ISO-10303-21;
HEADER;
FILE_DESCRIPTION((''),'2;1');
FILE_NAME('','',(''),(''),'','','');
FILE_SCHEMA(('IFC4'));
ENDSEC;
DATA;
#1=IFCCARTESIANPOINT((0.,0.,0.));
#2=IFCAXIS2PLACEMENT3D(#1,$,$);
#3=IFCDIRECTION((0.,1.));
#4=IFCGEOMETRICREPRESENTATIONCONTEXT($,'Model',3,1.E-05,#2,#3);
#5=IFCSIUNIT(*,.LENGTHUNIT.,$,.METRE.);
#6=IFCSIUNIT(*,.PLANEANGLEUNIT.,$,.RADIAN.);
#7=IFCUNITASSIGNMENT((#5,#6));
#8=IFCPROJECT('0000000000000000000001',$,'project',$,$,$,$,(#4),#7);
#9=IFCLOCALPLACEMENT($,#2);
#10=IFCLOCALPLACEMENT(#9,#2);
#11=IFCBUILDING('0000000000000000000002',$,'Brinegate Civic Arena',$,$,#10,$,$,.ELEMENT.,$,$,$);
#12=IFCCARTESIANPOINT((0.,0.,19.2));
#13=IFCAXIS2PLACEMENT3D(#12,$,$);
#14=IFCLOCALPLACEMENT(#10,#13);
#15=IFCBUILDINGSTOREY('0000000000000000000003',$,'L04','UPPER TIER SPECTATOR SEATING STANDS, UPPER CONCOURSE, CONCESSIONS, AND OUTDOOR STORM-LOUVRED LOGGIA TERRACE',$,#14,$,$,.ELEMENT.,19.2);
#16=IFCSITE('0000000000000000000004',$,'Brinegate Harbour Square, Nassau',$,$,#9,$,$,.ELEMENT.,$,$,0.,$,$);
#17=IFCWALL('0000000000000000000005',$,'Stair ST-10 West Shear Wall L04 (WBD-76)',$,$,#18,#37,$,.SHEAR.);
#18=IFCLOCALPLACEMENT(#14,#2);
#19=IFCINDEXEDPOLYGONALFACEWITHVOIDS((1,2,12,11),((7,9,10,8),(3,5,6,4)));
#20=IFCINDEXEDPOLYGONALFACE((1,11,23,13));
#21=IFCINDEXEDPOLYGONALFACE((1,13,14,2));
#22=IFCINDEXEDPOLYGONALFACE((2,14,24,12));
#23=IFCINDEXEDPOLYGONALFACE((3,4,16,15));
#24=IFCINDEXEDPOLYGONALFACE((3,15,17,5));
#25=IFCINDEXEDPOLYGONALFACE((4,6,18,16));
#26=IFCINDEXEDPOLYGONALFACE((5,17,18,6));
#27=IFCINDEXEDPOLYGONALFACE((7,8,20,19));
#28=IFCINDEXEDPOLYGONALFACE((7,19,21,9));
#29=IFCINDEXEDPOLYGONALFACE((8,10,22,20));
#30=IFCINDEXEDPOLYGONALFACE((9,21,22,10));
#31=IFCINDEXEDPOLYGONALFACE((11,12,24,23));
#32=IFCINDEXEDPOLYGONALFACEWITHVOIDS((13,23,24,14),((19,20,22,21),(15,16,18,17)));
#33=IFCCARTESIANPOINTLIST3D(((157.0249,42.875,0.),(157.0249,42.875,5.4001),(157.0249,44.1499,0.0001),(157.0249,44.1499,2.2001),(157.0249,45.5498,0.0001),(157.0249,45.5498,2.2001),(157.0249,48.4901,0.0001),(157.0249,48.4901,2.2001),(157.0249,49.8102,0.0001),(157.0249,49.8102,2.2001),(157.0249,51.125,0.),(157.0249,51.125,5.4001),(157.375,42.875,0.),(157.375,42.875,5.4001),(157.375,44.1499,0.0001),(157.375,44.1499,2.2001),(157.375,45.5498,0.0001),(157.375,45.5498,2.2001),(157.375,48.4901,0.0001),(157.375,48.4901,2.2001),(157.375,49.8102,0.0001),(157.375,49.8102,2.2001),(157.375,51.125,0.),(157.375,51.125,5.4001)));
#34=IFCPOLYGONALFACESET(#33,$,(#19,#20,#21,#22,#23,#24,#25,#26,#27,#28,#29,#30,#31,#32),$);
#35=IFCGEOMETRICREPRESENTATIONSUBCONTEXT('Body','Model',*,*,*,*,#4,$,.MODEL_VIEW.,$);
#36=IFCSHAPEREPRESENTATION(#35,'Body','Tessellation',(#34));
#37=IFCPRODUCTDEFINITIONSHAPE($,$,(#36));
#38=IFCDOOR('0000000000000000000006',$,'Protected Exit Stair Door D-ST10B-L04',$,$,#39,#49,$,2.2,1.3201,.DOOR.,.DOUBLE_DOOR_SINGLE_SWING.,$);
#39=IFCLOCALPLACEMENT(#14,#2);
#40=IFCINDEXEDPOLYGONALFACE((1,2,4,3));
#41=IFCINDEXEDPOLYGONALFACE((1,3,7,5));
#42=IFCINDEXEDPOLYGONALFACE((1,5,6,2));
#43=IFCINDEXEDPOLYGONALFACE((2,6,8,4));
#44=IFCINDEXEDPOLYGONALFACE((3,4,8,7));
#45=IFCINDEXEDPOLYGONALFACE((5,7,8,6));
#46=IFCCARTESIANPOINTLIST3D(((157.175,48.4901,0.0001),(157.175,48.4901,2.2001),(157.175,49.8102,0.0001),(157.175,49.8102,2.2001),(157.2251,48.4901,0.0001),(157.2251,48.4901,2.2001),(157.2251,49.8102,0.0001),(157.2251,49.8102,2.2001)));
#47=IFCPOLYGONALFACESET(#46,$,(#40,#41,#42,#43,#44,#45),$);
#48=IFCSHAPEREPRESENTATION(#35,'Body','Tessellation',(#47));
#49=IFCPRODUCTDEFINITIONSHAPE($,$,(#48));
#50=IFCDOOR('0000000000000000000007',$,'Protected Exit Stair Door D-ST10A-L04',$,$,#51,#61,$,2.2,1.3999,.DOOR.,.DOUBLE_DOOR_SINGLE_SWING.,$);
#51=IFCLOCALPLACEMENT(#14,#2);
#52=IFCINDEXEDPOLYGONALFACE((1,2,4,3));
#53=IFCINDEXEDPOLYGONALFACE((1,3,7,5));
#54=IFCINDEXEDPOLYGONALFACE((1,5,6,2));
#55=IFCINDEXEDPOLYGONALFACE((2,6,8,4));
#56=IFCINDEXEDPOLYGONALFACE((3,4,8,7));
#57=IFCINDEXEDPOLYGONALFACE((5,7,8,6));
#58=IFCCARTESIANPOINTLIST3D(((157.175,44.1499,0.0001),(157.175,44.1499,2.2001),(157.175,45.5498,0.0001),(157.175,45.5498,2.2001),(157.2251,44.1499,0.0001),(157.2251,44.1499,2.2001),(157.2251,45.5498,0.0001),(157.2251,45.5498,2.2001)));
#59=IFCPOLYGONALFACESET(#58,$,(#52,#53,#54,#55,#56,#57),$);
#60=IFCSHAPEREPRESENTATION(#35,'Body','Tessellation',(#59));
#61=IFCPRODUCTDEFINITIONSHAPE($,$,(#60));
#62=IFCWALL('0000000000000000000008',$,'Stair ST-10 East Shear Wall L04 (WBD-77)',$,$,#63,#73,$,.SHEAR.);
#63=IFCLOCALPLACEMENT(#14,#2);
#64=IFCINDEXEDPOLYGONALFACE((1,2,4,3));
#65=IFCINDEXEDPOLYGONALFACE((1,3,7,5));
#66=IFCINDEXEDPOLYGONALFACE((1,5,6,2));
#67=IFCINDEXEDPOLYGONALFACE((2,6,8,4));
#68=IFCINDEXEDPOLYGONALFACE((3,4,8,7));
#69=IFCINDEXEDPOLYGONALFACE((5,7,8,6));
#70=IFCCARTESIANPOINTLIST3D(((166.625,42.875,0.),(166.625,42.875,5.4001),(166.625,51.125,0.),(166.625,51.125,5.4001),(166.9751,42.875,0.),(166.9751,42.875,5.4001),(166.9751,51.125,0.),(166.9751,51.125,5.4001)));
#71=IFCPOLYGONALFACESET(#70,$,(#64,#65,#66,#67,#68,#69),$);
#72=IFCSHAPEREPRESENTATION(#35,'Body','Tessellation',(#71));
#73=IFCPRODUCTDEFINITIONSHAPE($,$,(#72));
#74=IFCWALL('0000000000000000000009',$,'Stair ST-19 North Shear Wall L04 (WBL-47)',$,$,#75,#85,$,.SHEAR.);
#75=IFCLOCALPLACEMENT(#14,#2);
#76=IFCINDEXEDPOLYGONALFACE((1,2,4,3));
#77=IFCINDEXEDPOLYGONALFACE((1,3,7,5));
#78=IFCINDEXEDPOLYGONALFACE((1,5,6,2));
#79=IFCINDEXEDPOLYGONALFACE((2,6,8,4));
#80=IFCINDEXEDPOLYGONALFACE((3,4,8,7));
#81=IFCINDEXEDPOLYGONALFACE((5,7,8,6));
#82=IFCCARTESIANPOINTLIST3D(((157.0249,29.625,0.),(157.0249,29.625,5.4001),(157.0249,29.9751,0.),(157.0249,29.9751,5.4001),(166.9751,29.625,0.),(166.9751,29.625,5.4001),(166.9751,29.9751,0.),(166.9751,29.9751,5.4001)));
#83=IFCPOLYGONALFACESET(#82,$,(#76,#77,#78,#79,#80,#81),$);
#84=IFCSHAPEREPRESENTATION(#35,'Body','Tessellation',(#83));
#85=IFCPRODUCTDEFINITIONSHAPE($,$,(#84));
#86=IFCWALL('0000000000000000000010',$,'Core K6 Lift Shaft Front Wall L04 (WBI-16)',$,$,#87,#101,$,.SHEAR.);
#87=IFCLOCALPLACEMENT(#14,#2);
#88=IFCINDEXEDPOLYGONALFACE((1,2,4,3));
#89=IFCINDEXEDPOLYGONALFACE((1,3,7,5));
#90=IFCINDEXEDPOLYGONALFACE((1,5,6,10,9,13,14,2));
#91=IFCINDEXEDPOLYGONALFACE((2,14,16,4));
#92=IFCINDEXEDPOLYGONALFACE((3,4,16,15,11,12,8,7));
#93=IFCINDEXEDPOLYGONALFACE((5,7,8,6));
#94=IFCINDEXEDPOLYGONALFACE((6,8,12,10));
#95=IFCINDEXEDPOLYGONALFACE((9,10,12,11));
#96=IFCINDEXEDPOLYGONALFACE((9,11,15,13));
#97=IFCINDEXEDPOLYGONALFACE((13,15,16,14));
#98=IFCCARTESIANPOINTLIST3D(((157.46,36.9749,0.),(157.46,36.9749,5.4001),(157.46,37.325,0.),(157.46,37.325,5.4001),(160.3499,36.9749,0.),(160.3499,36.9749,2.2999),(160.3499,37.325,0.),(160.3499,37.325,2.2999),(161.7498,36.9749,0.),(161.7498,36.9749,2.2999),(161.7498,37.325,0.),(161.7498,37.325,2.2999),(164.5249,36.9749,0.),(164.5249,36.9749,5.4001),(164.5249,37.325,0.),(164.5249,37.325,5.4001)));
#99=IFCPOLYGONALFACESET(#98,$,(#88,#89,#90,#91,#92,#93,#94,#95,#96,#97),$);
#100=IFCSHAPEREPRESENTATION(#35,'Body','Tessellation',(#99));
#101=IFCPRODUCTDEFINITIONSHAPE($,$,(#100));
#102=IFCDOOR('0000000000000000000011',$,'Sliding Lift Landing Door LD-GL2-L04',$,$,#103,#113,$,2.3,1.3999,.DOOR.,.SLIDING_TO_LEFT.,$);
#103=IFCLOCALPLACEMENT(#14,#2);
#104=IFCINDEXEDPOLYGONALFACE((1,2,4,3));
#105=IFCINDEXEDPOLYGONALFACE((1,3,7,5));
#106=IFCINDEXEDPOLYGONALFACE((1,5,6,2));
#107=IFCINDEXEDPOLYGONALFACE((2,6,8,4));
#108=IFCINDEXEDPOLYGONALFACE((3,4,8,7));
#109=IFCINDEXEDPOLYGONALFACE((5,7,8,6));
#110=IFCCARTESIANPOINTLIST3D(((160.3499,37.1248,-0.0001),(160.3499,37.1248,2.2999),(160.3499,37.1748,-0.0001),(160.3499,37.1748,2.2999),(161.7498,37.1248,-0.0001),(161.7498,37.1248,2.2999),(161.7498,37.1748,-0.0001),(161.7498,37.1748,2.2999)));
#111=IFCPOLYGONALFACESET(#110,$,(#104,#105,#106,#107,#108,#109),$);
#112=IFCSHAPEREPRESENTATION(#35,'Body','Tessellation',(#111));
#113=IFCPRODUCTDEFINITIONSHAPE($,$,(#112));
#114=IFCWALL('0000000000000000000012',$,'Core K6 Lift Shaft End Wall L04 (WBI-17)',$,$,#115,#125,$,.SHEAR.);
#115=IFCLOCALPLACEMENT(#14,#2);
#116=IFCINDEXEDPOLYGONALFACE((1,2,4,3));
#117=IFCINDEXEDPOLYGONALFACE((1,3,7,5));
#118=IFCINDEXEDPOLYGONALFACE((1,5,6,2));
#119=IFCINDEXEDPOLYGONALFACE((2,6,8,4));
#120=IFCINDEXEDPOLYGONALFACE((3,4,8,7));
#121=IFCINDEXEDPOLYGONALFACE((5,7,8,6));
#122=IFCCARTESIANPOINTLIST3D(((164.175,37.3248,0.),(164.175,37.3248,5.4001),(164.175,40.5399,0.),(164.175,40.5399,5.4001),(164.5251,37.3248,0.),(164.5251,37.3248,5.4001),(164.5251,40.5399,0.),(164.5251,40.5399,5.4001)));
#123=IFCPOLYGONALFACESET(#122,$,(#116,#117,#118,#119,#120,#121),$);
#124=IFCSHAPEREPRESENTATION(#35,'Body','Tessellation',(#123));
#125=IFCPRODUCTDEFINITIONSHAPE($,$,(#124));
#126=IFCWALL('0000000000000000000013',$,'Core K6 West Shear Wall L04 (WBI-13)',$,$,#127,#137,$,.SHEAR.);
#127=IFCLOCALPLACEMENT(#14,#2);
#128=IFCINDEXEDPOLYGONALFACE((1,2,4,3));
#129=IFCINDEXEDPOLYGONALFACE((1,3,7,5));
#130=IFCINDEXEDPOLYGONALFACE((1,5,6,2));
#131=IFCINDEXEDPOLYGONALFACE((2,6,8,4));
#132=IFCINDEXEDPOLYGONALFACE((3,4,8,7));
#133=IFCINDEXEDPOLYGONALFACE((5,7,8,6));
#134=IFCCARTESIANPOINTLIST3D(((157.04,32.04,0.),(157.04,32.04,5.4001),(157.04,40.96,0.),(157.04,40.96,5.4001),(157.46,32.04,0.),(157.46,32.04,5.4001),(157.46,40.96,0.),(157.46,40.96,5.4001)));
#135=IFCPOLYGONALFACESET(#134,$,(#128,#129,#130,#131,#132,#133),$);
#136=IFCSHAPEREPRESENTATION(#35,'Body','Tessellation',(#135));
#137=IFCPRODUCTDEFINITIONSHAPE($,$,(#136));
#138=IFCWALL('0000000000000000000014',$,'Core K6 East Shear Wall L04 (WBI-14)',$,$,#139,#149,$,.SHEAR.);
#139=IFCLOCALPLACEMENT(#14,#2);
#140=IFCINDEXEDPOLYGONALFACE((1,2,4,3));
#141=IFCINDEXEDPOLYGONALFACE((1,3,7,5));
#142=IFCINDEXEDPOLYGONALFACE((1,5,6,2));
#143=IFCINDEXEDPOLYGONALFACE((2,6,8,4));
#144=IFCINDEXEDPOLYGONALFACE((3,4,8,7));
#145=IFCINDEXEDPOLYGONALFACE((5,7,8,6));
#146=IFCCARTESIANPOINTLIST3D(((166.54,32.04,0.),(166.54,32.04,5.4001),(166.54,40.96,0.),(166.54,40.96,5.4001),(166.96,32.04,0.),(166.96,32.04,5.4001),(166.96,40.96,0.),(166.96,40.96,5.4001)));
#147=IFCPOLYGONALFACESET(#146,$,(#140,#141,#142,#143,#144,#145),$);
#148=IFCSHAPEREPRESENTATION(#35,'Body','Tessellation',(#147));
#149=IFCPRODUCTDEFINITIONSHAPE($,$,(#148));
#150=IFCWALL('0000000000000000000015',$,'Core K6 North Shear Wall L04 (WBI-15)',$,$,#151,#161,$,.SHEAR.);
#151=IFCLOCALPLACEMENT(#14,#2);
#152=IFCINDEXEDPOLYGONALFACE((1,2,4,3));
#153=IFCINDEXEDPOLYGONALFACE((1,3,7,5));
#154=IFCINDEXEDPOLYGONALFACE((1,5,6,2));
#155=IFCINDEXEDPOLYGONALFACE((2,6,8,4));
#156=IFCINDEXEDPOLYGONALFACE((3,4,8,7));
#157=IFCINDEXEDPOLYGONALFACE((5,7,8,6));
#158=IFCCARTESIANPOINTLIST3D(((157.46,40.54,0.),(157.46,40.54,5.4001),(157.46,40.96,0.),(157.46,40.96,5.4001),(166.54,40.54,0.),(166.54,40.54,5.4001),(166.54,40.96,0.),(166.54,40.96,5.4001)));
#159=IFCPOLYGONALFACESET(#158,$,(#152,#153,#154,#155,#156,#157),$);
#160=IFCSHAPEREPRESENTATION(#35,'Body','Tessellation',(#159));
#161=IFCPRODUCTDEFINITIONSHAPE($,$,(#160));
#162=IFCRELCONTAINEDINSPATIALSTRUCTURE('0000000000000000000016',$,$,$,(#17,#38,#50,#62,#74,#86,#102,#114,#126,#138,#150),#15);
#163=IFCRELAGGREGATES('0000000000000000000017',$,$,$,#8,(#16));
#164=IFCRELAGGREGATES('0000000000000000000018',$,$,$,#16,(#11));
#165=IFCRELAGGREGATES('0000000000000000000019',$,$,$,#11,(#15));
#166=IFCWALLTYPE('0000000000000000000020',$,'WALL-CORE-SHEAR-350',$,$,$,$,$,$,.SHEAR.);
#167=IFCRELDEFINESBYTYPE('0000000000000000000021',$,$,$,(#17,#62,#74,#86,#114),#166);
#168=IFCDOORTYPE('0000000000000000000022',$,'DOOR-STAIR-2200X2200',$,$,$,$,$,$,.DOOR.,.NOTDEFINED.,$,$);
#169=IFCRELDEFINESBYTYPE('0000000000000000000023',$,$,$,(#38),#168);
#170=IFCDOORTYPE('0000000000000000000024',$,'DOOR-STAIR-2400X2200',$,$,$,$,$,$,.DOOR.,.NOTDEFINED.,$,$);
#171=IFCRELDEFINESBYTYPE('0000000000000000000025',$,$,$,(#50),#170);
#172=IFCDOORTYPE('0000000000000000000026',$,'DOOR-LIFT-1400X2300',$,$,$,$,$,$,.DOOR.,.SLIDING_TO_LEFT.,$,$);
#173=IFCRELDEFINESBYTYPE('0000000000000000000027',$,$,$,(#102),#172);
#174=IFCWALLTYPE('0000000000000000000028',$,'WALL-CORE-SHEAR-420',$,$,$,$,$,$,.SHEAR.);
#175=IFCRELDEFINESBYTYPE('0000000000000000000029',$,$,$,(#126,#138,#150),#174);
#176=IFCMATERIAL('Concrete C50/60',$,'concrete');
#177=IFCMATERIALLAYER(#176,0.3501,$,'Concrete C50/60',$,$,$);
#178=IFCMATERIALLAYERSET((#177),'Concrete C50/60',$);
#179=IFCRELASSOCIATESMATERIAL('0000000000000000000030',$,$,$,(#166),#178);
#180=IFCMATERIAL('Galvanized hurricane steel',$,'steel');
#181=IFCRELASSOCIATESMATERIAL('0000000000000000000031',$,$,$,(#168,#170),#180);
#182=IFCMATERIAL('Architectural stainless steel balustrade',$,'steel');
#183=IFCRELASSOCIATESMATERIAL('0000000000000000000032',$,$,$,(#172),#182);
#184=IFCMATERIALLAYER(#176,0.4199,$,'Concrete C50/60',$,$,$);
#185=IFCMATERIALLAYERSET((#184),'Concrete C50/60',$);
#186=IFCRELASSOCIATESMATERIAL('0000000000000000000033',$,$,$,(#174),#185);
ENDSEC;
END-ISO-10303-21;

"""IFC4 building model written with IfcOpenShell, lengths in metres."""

from ifc_helpers import new_model, si_unit, direction, frame, frame_2d, origin, place, context, subcontext, project, spatial, rectangle, extrude, material, layer, layer_set, type_object, element, fill, save


model = new_model("IFC4")

# Units and contexts
model_context = context("Model", 3, precision=1e-05, world=origin(), true_north=direction((0.0, 1.0)))
body_context = subcontext(model_context, "Body", "Model", "MODEL_VIEW")
ifc_project = project(units=[si_unit("LENGTHUNIT", "METRE"), si_unit("PLANEANGLEUNIT", "RADIAN")], contexts=[model_context])

# Site, building, storey
site_placement = place(None, origin())
site = spatial("IfcSite", under=ifc_project, at=site_placement, Name="Brinegate Harbour Square, Nassau", CompositionType="ELEMENT", RefElevation=0.0)
building_placement = place(site_placement, origin())
building = spatial("IfcBuilding", under=site, at=building_placement, Name="Brinegate Civic Arena", CompositionType="ELEMENT")
storey_placement = place(building_placement, frame((0.0, 0.0, 19.2)))
storey = spatial("IfcBuildingStorey", under=building, at=storey_placement, Name="L04", Description="UPPER TIER SPECTATOR SEATING STANDS, UPPER CONCOURSE, CONCESSIONS, AND OUTDOOR STORM-LOUVRED LOGGIA TERRACE", CompositionType="ELEMENT", Elevation=19.2)

# Shared definitions
ifc_material_1 = material(Name="Concrete C50/60", Category="concrete")
ifc_layer_1 = layer(ifc_material_1, 0.3501, Name="Concrete C50/60")
ifc_layer_set_1 = layer_set([ifc_layer_1], Name="Concrete C50/60")
wall_type_1 = type_object("IfcWallType", Name="WALL-CORE-SHEAR-350", PredefinedType="SHEAR", material=ifc_layer_set_1)

# Wall, openings, doors
wall_1_placement = place(storey_placement, frame((157.2, 42.875, 0.0), z_axis=(0.0, 0.0, 1.0), x_axis=(0.0, 1.0, 0.0)))
wall_1 = element("IfcWall", 1, at=wall_1_placement, inside=storey, type_object=wall_type_1, Name="Stair ST-10 West Shear Wall L04 (WBD-76)", PredefinedType="SHEAR", context=body_context, shape_type="SweptSolid", body=[
    extrude(rectangle(XDim=8.25, YDim=0.3501, at=frame_2d((4.125, 0.0))), origin(), (0.0, 0.0, 1.0), 5.4001),
])
opening_1_placement = place(wall_1_placement, frame((1.2749, 0.0, 0.0)))
opening_1 = element("IfcOpeningElement", 2, at=opening_1_placement, cuts=wall_1, PredefinedType="OPENING", context=body_context, shape_type="SweptSolid", body=[
    extrude(rectangle(XDim=1.3999, YDim=2.2, at=frame_2d((0.7, 1.1001))), frame((0.0, 0.1851, 0.0), z_axis=(0.0, -1.0, 0.0), x_axis=(1.0, 0.0, 0.0)), (0.0, 0.0, 1.0), 0.3701),
])
opening_2_placement = place(wall_1_placement, frame((5.615, 0.0, 0.0)))
opening_2 = element("IfcOpeningElement", 3, at=opening_2_placement, cuts=wall_1, PredefinedType="OPENING", context=body_context, shape_type="SweptSolid", body=[
    extrude(rectangle(XDim=1.3201, YDim=2.2, at=frame_2d((0.6602, 1.1001))), frame((0.0, 0.1851, 0.0), z_axis=(0.0, -1.0, 0.0), x_axis=(1.0, 0.0, 0.0)), (0.0, 0.0, 1.0), 0.3701),
])
ifc_material_2 = material(Name="Galvanized hurricane steel", Category="steel")
door_type_1 = type_object("IfcDoorType", Name="DOOR-STAIR-2200X2200", OperationType="NOTDEFINED", PredefinedType="DOOR", material=ifc_material_2)
door_1_placement = place(opening_2_placement, origin())
door_1 = element("IfcDoor", 4, at=door_1_placement, inside=storey, type_object=door_type_1, Name="Protected Exit Stair Door D-ST10B-L04", OperationType="DOUBLE_DOOR_SINGLE_SWING", OverallHeight=2.2, OverallWidth=1.3201, PredefinedType="DOOR", context=body_context, shape_type="SweptSolid", body=[
    extrude(rectangle(XDim=1.3201, YDim=2.2, at=frame_2d((0.6602, 1.1001))), frame((0.0, 0.0249, 0.0), z_axis=(0.0, -1.0, 0.0), x_axis=(1.0, 0.0, 0.0)), (0.0, 0.0, 1.0), 0.05),
])
fill(opening_2, door_1)
door_type_2 = type_object("IfcDoorType", Name="DOOR-STAIR-2400X2200", OperationType="NOTDEFINED", PredefinedType="DOOR", material=ifc_material_2)
door_2_placement = place(opening_1_placement, origin())
door_2 = element("IfcDoor", 5, at=door_2_placement, inside=storey, type_object=door_type_2, Name="Protected Exit Stair Door D-ST10A-L04", OperationType="DOUBLE_DOOR_SINGLE_SWING", OverallHeight=2.2, OverallWidth=1.3999, PredefinedType="DOOR", context=body_context, shape_type="SweptSolid", body=[
    extrude(rectangle(XDim=1.3999, YDim=2.2, at=frame_2d((0.7, 1.1001))), frame((0.0, 0.0249, 0.0), z_axis=(0.0, -1.0, 0.0), x_axis=(1.0, 0.0, 0.0)), (0.0, 0.0, 1.0), 0.05),
])
fill(opening_1, door_2)

# Walls
wall_2_placement = place(storey_placement, frame((166.8, 42.875, 0.0), z_axis=(0.0, 0.0, 1.0), x_axis=(0.0, 1.0, 0.0)))
element("IfcWall", 6, at=wall_2_placement, inside=storey, type_object=wall_type_1, Name="Stair ST-10 East Shear Wall L04 (WBD-77)", PredefinedType="SHEAR", context=body_context, shape_type="SweptSolid", body=[
    extrude(rectangle(XDim=8.25, YDim=0.3501, at=frame_2d((4.125, 0.0))), origin(), (0.0, 0.0, 1.0), 5.4001),
])
wall_3_placement = place(storey_placement, frame((157.0249, 29.8, 0.0), z_axis=(0.0, 0.0, 1.0), x_axis=(1.0, 0.0, 0.0)))
element("IfcWall", 7, at=wall_3_placement, inside=storey, type_object=wall_type_1, Name="Stair ST-19 North Shear Wall L04 (WBL-47)", PredefinedType="SHEAR", context=body_context, shape_type="SweptSolid", body=[
    extrude(rectangle(XDim=9.9502, YDim=0.3501, at=frame_2d((4.9751, 0.0))), origin(), (0.0, 0.0, 1.0), 5.4001),
])

# Wall, opening, door
wall_4_placement = place(storey_placement, frame((157.46, 37.1499, 0.0), z_axis=(0.0, 0.0, 1.0), x_axis=(1.0, 0.0, 0.0)))
wall_4 = element("IfcWall", 8, at=wall_4_placement, inside=storey, type_object=wall_type_1, Name="Core K6 Lift Shaft Front Wall L04 (WBI-16)", PredefinedType="SHEAR", context=body_context, shape_type="SweptSolid", body=[
    extrude(rectangle(XDim=7.0649, YDim=0.3501, at=frame_2d((3.5325, 0.0))), origin(), (0.0, 0.0, 1.0), 5.4001),
])
opening_3_placement = place(wall_4_placement, frame((2.8899, 0.0, 0.0)))
opening_3 = element("IfcOpeningElement", 9, at=opening_3_placement, cuts=wall_4, PredefinedType="OPENING", context=body_context, shape_type="SweptSolid", body=[
    extrude(rectangle(XDim=1.3999, YDim=2.3, at=frame_2d((0.7, 1.1499))), frame((0.0, 0.1851, 0.0), z_axis=(0.0, -1.0, 0.0), x_axis=(1.0, 0.0, 0.0)), (0.0, 0.0, 1.0), 0.3701),
])
ifc_material_3 = material(Name="Architectural stainless steel balustrade", Category="steel")
door_type_3 = type_object("IfcDoorType", Name="DOOR-LIFT-1400X2300", OperationType="SLIDING_TO_LEFT", PredefinedType="DOOR", material=ifc_material_3)
door_3_placement = place(opening_3_placement, origin())
door_3 = element("IfcDoor", 10, at=door_3_placement, inside=storey, type_object=door_type_3, Name="Sliding Lift Landing Door LD-GL2-L04", OperationType="SLIDING_TO_LEFT", OverallHeight=2.3, OverallWidth=1.3999, PredefinedType="DOOR", context=body_context, shape_type="SweptSolid", body=[
    extrude(rectangle(XDim=1.3999, YDim=2.3, at=frame_2d((0.7, 1.1499))), frame((0.0, 0.0249, 0.0), z_axis=(0.0, -1.0, 0.0), x_axis=(1.0, 0.0, 0.0)), (0.0, 0.0, 1.0), 0.05),
])
fill(opening_3, door_3)

# Walls
wall_5_placement = place(storey_placement, frame((164.3501, 37.325, 0.0), z_axis=(0.0, 0.0, 1.0), x_axis=(0.0, 1.0, 0.0)))
element("IfcWall", 11, at=wall_5_placement, inside=storey, type_object=wall_type_1, Name="Core K6 Lift Shaft End Wall L04 (WBI-17)", PredefinedType="SHEAR", context=body_context, shape_type="SweptSolid", body=[
    extrude(rectangle(XDim=3.2151, YDim=0.3501, at=frame_2d((1.6074, 0.0))), origin(), (0.0, 0.0, 1.0), 5.4001),
])
ifc_layer_2 = layer(ifc_material_1, 0.4199, Name="Concrete C50/60")
ifc_layer_set_2 = layer_set([ifc_layer_2], Name="Concrete C50/60")
wall_type_2 = type_object("IfcWallType", Name="WALL-CORE-SHEAR-420", PredefinedType="SHEAR", material=ifc_layer_set_2)
for number, where, z_axis, x_axis, name in (
    (12, (157.25, 32.04, 0.0), (0.0, 0.0, 1.0), (0.0, 1.0, 0.0), "Core K6 West Shear Wall L04 (WBI-13)"),
    (13, (166.75, 32.04, 0.0), (0.0, 0.0, 1.0), (0.0, 1.0, 0.0), "Core K6 East Shear Wall L04 (WBI-14)"),
):
    element("IfcWall", number, at=place(storey_placement, frame(where, z_axis=z_axis, x_axis=x_axis)), inside=storey, type_object=wall_type_2, Name=name, PredefinedType="SHEAR", context=body_context, shape_type="SweptSolid", body=[
        extrude(rectangle(XDim=8.9199, YDim=0.4199, at=frame_2d((4.46, 0.0))), origin(), (0.0, 0.0, 1.0), 5.4001),
    ])
wall_6_placement = place(storey_placement, frame((157.46, 40.75, 0.0), z_axis=(0.0, 0.0, 1.0), x_axis=(1.0, 0.0, 0.0)))
element("IfcWall", 14, at=wall_6_placement, inside=storey, type_object=wall_type_2, Name="Core K6 North Shear Wall L04 (WBI-15)", PredefinedType="SHEAR", context=body_context, shape_type="SweptSolid", body=[
    extrude(rectangle(XDim=9.0801, YDim=0.4199, at=frame_2d((4.54, 0.0))), origin(), (0.0, 0.0, 1.0), 5.4001),
])

save(model, "model.ifc")
